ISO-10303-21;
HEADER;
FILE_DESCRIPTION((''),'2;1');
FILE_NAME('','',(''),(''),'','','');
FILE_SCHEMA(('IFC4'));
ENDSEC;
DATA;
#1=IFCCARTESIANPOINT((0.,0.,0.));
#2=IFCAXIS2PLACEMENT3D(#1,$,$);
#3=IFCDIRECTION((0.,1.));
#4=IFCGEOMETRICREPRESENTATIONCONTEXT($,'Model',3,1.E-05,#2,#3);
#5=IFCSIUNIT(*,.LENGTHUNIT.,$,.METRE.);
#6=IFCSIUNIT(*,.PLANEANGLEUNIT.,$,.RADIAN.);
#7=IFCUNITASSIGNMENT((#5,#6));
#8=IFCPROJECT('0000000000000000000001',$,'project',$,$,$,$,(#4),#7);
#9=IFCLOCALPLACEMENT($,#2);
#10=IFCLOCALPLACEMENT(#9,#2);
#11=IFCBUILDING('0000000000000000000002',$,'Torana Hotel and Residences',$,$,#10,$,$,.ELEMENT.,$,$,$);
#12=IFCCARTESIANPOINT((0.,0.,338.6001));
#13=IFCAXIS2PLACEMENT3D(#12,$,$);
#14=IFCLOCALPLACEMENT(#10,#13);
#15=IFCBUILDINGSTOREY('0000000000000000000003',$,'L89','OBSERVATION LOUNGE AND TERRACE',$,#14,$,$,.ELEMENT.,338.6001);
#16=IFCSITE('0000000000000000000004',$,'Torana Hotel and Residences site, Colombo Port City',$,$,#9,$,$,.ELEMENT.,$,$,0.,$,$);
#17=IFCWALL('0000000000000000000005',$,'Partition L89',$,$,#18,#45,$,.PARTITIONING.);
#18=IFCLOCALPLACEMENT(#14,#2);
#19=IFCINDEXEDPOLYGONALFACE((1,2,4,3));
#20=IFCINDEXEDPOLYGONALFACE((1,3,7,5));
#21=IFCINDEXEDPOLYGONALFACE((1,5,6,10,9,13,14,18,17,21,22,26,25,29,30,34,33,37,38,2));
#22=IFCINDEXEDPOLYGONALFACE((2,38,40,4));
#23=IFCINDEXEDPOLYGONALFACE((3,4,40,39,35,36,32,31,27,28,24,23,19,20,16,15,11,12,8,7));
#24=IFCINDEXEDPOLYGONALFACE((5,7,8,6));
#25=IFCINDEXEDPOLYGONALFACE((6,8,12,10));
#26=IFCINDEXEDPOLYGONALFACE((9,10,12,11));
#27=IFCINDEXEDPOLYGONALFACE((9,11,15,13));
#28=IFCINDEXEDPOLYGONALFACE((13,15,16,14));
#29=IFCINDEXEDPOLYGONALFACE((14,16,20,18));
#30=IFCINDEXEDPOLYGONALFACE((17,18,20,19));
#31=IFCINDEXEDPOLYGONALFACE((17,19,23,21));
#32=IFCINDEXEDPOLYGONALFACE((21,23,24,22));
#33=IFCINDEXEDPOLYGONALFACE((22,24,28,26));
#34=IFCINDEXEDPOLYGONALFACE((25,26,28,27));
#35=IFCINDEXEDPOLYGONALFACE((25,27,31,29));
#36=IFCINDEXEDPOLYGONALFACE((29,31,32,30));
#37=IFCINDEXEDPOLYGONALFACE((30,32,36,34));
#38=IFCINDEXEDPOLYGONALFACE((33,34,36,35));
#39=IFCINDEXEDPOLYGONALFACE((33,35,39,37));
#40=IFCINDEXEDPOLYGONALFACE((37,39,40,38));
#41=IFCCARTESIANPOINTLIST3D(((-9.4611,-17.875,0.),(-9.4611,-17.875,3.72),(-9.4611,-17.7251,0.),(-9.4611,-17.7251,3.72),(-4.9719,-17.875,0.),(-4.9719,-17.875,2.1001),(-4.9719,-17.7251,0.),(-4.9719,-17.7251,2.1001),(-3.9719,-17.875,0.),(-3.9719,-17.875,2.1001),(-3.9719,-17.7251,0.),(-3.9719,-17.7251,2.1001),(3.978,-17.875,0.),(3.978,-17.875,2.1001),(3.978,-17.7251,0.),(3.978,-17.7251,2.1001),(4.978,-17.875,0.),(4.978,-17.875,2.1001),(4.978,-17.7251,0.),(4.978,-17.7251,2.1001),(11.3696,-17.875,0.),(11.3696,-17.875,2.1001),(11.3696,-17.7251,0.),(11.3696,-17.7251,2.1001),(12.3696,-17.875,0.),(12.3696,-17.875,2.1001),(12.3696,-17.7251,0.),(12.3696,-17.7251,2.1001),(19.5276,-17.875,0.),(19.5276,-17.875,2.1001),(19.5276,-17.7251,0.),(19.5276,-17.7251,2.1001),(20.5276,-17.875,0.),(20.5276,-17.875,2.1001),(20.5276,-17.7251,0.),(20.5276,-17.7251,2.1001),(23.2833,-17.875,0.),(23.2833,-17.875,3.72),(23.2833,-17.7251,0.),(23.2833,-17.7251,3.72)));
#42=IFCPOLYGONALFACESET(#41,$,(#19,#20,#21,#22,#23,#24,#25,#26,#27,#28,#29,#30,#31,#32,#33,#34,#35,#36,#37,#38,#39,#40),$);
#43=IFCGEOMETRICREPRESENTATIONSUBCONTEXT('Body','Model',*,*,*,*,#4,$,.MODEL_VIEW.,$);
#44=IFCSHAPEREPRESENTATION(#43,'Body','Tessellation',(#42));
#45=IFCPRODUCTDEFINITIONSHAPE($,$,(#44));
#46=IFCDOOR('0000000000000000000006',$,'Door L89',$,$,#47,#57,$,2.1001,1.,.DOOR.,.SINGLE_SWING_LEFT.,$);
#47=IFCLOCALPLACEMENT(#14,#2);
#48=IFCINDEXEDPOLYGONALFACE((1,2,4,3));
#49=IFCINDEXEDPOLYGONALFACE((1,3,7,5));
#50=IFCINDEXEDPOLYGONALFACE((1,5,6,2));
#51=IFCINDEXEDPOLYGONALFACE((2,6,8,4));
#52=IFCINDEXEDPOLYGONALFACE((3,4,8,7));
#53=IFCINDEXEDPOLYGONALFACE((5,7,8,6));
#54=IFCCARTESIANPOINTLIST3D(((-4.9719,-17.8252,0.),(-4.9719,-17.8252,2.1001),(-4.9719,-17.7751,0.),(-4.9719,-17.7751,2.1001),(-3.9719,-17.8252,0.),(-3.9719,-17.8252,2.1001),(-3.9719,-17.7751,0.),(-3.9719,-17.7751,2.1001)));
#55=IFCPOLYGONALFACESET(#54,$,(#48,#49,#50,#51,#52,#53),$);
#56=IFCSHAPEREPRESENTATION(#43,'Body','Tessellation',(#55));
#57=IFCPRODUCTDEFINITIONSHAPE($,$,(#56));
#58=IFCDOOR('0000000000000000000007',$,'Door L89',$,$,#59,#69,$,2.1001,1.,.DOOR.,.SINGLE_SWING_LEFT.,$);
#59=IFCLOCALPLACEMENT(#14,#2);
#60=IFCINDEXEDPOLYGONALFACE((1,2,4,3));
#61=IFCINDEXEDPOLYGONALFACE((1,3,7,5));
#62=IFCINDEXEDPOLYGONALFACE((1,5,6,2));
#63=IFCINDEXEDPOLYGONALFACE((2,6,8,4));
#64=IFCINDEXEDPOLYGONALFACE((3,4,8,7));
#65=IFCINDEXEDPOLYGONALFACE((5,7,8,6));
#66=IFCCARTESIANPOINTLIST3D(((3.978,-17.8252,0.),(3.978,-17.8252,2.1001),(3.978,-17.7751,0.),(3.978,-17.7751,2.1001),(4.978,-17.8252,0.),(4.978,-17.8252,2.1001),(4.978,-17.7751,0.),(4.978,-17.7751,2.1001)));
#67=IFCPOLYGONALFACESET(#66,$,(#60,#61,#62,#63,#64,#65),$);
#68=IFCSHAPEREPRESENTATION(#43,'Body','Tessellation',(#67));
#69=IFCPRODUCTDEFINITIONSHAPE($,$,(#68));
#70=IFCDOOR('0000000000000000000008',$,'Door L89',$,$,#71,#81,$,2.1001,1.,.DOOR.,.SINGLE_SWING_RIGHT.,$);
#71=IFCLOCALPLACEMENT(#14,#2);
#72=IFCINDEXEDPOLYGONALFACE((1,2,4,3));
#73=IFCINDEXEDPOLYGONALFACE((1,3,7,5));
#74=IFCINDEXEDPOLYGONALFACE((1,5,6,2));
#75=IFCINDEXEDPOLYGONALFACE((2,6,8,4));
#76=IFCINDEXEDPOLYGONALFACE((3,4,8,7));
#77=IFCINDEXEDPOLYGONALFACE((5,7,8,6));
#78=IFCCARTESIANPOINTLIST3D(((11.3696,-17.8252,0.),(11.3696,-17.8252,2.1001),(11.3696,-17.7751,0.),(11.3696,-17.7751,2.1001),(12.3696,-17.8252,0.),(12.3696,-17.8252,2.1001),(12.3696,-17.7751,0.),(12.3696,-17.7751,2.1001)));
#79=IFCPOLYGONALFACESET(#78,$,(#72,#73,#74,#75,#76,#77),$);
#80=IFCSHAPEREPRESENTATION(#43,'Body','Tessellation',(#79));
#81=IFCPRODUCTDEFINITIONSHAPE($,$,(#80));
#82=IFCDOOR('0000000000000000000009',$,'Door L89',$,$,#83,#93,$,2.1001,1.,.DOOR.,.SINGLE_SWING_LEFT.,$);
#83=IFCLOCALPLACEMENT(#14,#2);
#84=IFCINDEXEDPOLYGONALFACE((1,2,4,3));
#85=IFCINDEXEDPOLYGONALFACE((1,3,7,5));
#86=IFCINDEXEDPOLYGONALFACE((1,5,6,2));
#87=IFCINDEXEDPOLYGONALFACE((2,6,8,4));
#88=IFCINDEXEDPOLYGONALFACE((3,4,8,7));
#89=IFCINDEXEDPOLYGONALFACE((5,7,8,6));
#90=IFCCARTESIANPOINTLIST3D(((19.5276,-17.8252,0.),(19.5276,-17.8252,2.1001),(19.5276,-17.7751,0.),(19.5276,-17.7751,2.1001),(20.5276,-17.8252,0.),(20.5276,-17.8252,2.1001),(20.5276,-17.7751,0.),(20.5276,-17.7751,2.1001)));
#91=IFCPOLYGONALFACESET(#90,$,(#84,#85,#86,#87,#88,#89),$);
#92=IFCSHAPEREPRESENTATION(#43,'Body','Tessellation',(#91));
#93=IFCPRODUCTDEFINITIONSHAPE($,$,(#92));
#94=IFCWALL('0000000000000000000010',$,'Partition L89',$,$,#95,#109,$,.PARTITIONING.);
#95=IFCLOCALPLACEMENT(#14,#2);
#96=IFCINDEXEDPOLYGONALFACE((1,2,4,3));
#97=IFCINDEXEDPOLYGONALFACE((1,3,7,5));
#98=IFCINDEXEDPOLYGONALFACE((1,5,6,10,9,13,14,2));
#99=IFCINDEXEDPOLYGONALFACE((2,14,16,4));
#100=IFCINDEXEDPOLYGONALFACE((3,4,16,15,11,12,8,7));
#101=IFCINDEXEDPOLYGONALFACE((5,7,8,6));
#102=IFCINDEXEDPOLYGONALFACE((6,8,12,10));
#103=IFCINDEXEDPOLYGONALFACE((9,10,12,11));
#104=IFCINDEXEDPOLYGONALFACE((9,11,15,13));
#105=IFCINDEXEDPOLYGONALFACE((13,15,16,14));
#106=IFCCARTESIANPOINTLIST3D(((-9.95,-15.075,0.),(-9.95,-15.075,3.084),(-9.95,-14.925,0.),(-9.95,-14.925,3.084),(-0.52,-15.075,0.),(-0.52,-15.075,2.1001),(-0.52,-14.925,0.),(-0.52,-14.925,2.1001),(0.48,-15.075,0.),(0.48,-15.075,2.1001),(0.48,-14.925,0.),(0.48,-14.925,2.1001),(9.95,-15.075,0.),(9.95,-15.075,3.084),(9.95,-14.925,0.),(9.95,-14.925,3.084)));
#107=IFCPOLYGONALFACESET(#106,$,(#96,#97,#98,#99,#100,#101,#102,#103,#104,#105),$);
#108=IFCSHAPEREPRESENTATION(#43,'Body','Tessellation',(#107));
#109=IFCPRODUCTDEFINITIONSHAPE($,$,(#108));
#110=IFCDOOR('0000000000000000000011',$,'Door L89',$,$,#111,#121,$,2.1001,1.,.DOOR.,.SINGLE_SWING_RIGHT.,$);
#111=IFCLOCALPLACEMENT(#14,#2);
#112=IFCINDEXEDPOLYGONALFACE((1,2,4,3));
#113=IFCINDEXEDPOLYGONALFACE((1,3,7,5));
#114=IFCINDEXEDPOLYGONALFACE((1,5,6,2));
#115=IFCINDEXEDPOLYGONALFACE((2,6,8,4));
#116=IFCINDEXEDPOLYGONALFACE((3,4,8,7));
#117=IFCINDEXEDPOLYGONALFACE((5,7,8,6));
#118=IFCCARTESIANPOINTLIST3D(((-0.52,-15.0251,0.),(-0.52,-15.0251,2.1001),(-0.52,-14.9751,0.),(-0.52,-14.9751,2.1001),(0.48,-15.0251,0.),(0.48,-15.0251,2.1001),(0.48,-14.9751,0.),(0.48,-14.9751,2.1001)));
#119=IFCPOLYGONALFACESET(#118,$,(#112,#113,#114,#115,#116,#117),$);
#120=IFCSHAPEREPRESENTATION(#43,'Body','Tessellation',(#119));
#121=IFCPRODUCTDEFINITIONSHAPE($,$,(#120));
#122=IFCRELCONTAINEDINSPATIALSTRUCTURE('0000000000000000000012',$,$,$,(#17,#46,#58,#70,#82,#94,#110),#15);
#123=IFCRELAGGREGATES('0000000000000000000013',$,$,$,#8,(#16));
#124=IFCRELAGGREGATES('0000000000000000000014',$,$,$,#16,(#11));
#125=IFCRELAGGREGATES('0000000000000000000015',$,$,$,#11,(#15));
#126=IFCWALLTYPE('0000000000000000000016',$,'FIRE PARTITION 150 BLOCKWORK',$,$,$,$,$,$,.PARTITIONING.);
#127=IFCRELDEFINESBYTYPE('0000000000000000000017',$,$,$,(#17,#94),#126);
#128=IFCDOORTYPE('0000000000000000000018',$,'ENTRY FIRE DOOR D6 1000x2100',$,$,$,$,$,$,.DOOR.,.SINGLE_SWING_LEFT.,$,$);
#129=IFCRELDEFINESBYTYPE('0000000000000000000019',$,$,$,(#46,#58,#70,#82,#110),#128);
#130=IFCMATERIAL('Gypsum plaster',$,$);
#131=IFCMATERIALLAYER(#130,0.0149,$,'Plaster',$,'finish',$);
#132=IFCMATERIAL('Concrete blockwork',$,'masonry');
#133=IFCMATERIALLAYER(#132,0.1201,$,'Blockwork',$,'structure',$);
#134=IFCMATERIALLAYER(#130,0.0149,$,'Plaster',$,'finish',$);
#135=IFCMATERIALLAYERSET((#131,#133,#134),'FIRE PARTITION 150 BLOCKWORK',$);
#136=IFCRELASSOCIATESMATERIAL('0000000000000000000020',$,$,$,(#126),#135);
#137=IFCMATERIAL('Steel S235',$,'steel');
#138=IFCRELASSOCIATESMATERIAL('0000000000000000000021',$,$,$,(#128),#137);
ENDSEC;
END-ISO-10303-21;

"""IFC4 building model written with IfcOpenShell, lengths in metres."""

from ifc_helpers import new_model, si_unit, direction, frame, frame_2d, origin, place, context, subcontext, project, spatial, rectangle, extrude, material, layer, layer_set, type_object, element, fill, save


model = new_model("IFC4")

# Units and contexts
model_context = context("Model", 3, precision=1e-05, world=origin(), true_north=direction((0.0, 1.0)))
body_context = subcontext(model_context, "Body", "Model", "MODEL_VIEW")
ifc_project = project(units=[si_unit("LENGTHUNIT", "METRE"), si_unit("PLANEANGLEUNIT", "RADIAN")], contexts=[model_context])

# Site, building, storey
site_placement = place(None, origin())
site = spatial("IfcSite", under=ifc_project, at=site_placement, Name="Torana Hotel and Residences site, Colombo Port City", CompositionType="ELEMENT", RefElevation=0.0)
building_placement = place(site_placement, origin())
building = spatial("IfcBuilding", under=site, at=building_placement, Name="Torana Hotel and Residences", CompositionType="ELEMENT")
storey_placement = place(building_placement, frame((0.0, 0.0, 338.6001)))
storey = spatial("IfcBuildingStorey", under=building, at=storey_placement, Name="L89", Description="OBSERVATION LOUNGE AND TERRACE", CompositionType="ELEMENT", Elevation=338.6001)

# Shared definitions
ifc_material_1 = material(Name="Gypsum plaster")
ifc_layer_1 = layer(ifc_material_1, 0.0149, Name="Plaster", Category="finish")
ifc_material_2 = material(Name="Concrete blockwork", Category="masonry")
ifc_layer_2 = layer(ifc_material_2, 0.1201, Name="Blockwork", Category="structure")
ifc_layer_3 = layer(ifc_material_1, 0.0149, Name="Plaster", Category="finish")
ifc_layer_set_1 = layer_set([ifc_layer_1, ifc_layer_2, ifc_layer_3], Name="FIRE PARTITION 150 BLOCKWORK")
wall_type_1 = type_object("IfcWallType", Name="FIRE PARTITION 150 BLOCKWORK", PredefinedType="PARTITIONING", material=ifc_layer_set_1)

# Wall, openings, doors
wall_1_placement = place(storey_placement, frame((-9.4609, -17.8, 0.0), z_axis=(0.0, 0.0, 1.0), x_axis=(1.0, 0.0, 0.0)))
wall_1 = element("IfcWall", 1, at=wall_1_placement, inside=storey, type_object=wall_type_1, Name="Partition L89", PredefinedType="PARTITIONING", context=body_context, shape_type="SweptSolid", body=[
    extrude(rectangle(XDim=32.7444, YDim=0.1499, at=frame_2d((16.3721, 0.0))), origin(), (0.0, 0.0, 1.0), 3.72),
])
opening_1_placement = place(wall_1_placement, frame((4.489, 0.0, 0.0)))
opening_1 = element("IfcOpeningElement", 2, at=opening_1_placement, cuts=wall_1, PredefinedType="OPENING", context=body_context, shape_type="SweptSolid", body=[
    extrude(rectangle(XDim=1.0, YDim=2.1001, at=frame_2d((0.5, 1.05))), frame((0.0, 0.085, 0.0), z_axis=(0.0, -1.0, 0.0), x_axis=(1.0, 0.0, 0.0)), (0.0, 0.0, 1.0), 0.1699),
])
opening_2_placement = place(wall_1_placement, frame((13.439, 0.0, 0.0)))
opening_2 = element("IfcOpeningElement", 3, at=opening_2_placement, cuts=wall_1, PredefinedType="OPENING", context=body_context, shape_type="SweptSolid", body=[
    extrude(rectangle(XDim=1.0, YDim=2.1001, at=frame_2d((0.5, 1.05))), frame((0.0, 0.085, 0.0), z_axis=(0.0, -1.0, 0.0), x_axis=(1.0, 0.0, 0.0)), (0.0, 0.0, 1.0), 0.1699),
])
opening_3_placement = place(wall_1_placement, frame((20.8306, 0.0, 0.0)))
opening_3 = element("IfcOpeningElement", 4, at=opening_3_placement, cuts=wall_1, PredefinedType="OPENING", context=body_context, shape_type="SweptSolid", body=[
    extrude(rectangle(XDim=1.0, YDim=2.1001, at=frame_2d((0.5, 1.05))), frame((0.0, 0.085, 0.0), z_axis=(0.0, -1.0, 0.0), x_axis=(1.0, 0.0, 0.0)), (0.0, 0.0, 1.0), 0.1699),
])
opening_4_placement = place(wall_1_placement, frame((28.9885, 0.0, 0.0)))
opening_4 = element("IfcOpeningElement", 5, at=opening_4_placement, cuts=wall_1, PredefinedType="OPENING", context=body_context, shape_type="SweptSolid", body=[
    extrude(rectangle(XDim=1.0, YDim=2.1001, at=frame_2d((0.5, 1.05))), frame((0.0, 0.085, 0.0), z_axis=(0.0, -1.0, 0.0), x_axis=(1.0, 0.0, 0.0)), (0.0, 0.0, 1.0), 0.1699),
])
ifc_material_3 = material(Name="Steel S235", Category="steel")
door_type_1 = type_object("IfcDoorType", Name="ENTRY FIRE DOOR D6 1000x2100", OperationType="SINGLE_SWING_LEFT", PredefinedType="DOOR", material=ifc_material_3)
door_1_placement = place(opening_1_placement, frame((0.5, 0.0, 0.0), z_axis=(0.0, 0.0, 1.0), x_axis=(-1.0, 0.0, 0.0)))
door_1 = element("IfcDoor", 6, at=door_1_placement, inside=storey, type_object=door_type_1, Name="Door L89", OperationType="SINGLE_SWING_LEFT", OverallHeight=2.1001, OverallWidth=1.0, PredefinedType="DOOR", context=body_context, shape_type="SweptSolid", body=[
    extrude(rectangle(XDim=1.0, YDim=2.1001, at=frame_2d((0.0, 1.05))), frame((0.0, -0.0249, 0.0), z_axis=(0.0, 1.0, 0.0), x_axis=(-1.0, 0.0, 0.0)), (0.0, 0.0, 1.0), 0.05),
])
fill(opening_1, door_1)
door_2_placement = place(opening_2_placement, frame((0.5, 0.0, 0.0), z_axis=(0.0, 0.0, 1.0), x_axis=(-1.0, 0.0, 0.0)))
door_2 = element("IfcDoor", 7, at=door_2_placement, inside=storey, type_object=door_type_1, Name="Door L89", OperationType="SINGLE_SWING_LEFT", OverallHeight=2.1001, OverallWidth=1.0, PredefinedType="DOOR", context=body_context, shape_type="SweptSolid", body=[
    extrude(rectangle(XDim=1.0, YDim=2.1001, at=frame_2d((0.0, 1.05))), frame((0.0, -0.0249, 0.0), z_axis=(0.0, 1.0, 0.0), x_axis=(-1.0, 0.0, 0.0)), (0.0, 0.0, 1.0), 0.05),
])
fill(opening_2, door_2)
door_3_placement = place(opening_3_placement, frame((0.5, 0.0, 0.0), z_axis=(0.0, 0.0, 1.0), x_axis=(-1.0, 0.0, 0.0)))
door_3 = element("IfcDoor", 8, at=door_3_placement, inside=storey, type_object=door_type_1, Name="Door L89", OperationType="SINGLE_SWING_RIGHT", OverallHeight=2.1001, OverallWidth=1.0, PredefinedType="DOOR", context=body_context, shape_type="SweptSolid", body=[
    extrude(rectangle(XDim=1.0, YDim=2.1001, at=frame_2d((0.0, 1.05))), frame((0.0, -0.0249, 0.0), z_axis=(0.0, 1.0, 0.0), x_axis=(-1.0, 0.0, 0.0)), (0.0, 0.0, 1.0), 0.05),
])
fill(opening_3, door_3)
door_4_placement = place(opening_4_placement, frame((0.5, 0.0, 0.0), z_axis=(0.0, 0.0, 1.0), x_axis=(-1.0, 0.0, 0.0)))
door_4 = element("IfcDoor", 9, at=door_4_placement, inside=storey, type_object=door_type_1, Name="Door L89", OperationType="SINGLE_SWING_LEFT", OverallHeight=2.1001, OverallWidth=1.0, PredefinedType="DOOR", context=body_context, shape_type="SweptSolid", body=[
    extrude(rectangle(XDim=1.0, YDim=2.1001, at=frame_2d((0.0, 1.05))), frame((0.0, -0.0249, 0.0), z_axis=(0.0, 1.0, 0.0), x_axis=(-1.0, 0.0, 0.0)), (0.0, 0.0, 1.0), 0.05),
])
fill(opening_4, door_4)

# Wall, opening, door
wall_2_placement = place(storey_placement, frame((-9.95, -15.0, 0.0), z_axis=(0.0, 0.0, 1.0), x_axis=(1.0, 0.0, 0.0)))
wall_2 = element("IfcWall", 10, at=wall_2_placement, inside=storey, type_object=wall_type_1, Name="Partition L89", PredefinedType="PARTITIONING", context=body_context, shape_type="SweptSolid", body=[
    extrude(rectangle(XDim=19.8999, YDim=0.1499, at=frame_2d((9.95, 0.0))), origin(), (0.0, 0.0, 1.0), 3.084),
])
opening_5_placement = place(wall_2_placement, frame((9.4299, 0.0, 0.0)))
opening_5 = element("IfcOpeningElement", 11, at=opening_5_placement, cuts=wall_2, PredefinedType="OPENING", context=body_context, shape_type="SweptSolid", body=[
    extrude(rectangle(XDim=1.0, YDim=2.1001, at=frame_2d((0.5, 1.05))), frame((0.0, 0.085, 0.0), z_axis=(0.0, -1.0, 0.0), x_axis=(1.0, 0.0, 0.0)), (0.0, 0.0, 1.0), 0.1699),
])
door_5_placement = place(opening_5_placement, origin())
door_5 = element("IfcDoor", 12, at=door_5_placement, inside=storey, type_object=door_type_1, Name="Door L89", OperationType="SINGLE_SWING_RIGHT", OverallHeight=2.1001, OverallWidth=1.0, PredefinedType="DOOR", context=body_context, shape_type="SweptSolid", body=[
    extrude(rectangle(XDim=1.0, YDim=2.1001, at=frame_2d((0.5, 1.05))), frame((0.0, 0.0249, 0.0), z_axis=(0.0, -1.0, 0.0), x_axis=(1.0, 0.0, 0.0)), (0.0, 0.0, 1.0), 0.05),
])
fill(opening_5, door_5)

save(model, "model.ifc")
